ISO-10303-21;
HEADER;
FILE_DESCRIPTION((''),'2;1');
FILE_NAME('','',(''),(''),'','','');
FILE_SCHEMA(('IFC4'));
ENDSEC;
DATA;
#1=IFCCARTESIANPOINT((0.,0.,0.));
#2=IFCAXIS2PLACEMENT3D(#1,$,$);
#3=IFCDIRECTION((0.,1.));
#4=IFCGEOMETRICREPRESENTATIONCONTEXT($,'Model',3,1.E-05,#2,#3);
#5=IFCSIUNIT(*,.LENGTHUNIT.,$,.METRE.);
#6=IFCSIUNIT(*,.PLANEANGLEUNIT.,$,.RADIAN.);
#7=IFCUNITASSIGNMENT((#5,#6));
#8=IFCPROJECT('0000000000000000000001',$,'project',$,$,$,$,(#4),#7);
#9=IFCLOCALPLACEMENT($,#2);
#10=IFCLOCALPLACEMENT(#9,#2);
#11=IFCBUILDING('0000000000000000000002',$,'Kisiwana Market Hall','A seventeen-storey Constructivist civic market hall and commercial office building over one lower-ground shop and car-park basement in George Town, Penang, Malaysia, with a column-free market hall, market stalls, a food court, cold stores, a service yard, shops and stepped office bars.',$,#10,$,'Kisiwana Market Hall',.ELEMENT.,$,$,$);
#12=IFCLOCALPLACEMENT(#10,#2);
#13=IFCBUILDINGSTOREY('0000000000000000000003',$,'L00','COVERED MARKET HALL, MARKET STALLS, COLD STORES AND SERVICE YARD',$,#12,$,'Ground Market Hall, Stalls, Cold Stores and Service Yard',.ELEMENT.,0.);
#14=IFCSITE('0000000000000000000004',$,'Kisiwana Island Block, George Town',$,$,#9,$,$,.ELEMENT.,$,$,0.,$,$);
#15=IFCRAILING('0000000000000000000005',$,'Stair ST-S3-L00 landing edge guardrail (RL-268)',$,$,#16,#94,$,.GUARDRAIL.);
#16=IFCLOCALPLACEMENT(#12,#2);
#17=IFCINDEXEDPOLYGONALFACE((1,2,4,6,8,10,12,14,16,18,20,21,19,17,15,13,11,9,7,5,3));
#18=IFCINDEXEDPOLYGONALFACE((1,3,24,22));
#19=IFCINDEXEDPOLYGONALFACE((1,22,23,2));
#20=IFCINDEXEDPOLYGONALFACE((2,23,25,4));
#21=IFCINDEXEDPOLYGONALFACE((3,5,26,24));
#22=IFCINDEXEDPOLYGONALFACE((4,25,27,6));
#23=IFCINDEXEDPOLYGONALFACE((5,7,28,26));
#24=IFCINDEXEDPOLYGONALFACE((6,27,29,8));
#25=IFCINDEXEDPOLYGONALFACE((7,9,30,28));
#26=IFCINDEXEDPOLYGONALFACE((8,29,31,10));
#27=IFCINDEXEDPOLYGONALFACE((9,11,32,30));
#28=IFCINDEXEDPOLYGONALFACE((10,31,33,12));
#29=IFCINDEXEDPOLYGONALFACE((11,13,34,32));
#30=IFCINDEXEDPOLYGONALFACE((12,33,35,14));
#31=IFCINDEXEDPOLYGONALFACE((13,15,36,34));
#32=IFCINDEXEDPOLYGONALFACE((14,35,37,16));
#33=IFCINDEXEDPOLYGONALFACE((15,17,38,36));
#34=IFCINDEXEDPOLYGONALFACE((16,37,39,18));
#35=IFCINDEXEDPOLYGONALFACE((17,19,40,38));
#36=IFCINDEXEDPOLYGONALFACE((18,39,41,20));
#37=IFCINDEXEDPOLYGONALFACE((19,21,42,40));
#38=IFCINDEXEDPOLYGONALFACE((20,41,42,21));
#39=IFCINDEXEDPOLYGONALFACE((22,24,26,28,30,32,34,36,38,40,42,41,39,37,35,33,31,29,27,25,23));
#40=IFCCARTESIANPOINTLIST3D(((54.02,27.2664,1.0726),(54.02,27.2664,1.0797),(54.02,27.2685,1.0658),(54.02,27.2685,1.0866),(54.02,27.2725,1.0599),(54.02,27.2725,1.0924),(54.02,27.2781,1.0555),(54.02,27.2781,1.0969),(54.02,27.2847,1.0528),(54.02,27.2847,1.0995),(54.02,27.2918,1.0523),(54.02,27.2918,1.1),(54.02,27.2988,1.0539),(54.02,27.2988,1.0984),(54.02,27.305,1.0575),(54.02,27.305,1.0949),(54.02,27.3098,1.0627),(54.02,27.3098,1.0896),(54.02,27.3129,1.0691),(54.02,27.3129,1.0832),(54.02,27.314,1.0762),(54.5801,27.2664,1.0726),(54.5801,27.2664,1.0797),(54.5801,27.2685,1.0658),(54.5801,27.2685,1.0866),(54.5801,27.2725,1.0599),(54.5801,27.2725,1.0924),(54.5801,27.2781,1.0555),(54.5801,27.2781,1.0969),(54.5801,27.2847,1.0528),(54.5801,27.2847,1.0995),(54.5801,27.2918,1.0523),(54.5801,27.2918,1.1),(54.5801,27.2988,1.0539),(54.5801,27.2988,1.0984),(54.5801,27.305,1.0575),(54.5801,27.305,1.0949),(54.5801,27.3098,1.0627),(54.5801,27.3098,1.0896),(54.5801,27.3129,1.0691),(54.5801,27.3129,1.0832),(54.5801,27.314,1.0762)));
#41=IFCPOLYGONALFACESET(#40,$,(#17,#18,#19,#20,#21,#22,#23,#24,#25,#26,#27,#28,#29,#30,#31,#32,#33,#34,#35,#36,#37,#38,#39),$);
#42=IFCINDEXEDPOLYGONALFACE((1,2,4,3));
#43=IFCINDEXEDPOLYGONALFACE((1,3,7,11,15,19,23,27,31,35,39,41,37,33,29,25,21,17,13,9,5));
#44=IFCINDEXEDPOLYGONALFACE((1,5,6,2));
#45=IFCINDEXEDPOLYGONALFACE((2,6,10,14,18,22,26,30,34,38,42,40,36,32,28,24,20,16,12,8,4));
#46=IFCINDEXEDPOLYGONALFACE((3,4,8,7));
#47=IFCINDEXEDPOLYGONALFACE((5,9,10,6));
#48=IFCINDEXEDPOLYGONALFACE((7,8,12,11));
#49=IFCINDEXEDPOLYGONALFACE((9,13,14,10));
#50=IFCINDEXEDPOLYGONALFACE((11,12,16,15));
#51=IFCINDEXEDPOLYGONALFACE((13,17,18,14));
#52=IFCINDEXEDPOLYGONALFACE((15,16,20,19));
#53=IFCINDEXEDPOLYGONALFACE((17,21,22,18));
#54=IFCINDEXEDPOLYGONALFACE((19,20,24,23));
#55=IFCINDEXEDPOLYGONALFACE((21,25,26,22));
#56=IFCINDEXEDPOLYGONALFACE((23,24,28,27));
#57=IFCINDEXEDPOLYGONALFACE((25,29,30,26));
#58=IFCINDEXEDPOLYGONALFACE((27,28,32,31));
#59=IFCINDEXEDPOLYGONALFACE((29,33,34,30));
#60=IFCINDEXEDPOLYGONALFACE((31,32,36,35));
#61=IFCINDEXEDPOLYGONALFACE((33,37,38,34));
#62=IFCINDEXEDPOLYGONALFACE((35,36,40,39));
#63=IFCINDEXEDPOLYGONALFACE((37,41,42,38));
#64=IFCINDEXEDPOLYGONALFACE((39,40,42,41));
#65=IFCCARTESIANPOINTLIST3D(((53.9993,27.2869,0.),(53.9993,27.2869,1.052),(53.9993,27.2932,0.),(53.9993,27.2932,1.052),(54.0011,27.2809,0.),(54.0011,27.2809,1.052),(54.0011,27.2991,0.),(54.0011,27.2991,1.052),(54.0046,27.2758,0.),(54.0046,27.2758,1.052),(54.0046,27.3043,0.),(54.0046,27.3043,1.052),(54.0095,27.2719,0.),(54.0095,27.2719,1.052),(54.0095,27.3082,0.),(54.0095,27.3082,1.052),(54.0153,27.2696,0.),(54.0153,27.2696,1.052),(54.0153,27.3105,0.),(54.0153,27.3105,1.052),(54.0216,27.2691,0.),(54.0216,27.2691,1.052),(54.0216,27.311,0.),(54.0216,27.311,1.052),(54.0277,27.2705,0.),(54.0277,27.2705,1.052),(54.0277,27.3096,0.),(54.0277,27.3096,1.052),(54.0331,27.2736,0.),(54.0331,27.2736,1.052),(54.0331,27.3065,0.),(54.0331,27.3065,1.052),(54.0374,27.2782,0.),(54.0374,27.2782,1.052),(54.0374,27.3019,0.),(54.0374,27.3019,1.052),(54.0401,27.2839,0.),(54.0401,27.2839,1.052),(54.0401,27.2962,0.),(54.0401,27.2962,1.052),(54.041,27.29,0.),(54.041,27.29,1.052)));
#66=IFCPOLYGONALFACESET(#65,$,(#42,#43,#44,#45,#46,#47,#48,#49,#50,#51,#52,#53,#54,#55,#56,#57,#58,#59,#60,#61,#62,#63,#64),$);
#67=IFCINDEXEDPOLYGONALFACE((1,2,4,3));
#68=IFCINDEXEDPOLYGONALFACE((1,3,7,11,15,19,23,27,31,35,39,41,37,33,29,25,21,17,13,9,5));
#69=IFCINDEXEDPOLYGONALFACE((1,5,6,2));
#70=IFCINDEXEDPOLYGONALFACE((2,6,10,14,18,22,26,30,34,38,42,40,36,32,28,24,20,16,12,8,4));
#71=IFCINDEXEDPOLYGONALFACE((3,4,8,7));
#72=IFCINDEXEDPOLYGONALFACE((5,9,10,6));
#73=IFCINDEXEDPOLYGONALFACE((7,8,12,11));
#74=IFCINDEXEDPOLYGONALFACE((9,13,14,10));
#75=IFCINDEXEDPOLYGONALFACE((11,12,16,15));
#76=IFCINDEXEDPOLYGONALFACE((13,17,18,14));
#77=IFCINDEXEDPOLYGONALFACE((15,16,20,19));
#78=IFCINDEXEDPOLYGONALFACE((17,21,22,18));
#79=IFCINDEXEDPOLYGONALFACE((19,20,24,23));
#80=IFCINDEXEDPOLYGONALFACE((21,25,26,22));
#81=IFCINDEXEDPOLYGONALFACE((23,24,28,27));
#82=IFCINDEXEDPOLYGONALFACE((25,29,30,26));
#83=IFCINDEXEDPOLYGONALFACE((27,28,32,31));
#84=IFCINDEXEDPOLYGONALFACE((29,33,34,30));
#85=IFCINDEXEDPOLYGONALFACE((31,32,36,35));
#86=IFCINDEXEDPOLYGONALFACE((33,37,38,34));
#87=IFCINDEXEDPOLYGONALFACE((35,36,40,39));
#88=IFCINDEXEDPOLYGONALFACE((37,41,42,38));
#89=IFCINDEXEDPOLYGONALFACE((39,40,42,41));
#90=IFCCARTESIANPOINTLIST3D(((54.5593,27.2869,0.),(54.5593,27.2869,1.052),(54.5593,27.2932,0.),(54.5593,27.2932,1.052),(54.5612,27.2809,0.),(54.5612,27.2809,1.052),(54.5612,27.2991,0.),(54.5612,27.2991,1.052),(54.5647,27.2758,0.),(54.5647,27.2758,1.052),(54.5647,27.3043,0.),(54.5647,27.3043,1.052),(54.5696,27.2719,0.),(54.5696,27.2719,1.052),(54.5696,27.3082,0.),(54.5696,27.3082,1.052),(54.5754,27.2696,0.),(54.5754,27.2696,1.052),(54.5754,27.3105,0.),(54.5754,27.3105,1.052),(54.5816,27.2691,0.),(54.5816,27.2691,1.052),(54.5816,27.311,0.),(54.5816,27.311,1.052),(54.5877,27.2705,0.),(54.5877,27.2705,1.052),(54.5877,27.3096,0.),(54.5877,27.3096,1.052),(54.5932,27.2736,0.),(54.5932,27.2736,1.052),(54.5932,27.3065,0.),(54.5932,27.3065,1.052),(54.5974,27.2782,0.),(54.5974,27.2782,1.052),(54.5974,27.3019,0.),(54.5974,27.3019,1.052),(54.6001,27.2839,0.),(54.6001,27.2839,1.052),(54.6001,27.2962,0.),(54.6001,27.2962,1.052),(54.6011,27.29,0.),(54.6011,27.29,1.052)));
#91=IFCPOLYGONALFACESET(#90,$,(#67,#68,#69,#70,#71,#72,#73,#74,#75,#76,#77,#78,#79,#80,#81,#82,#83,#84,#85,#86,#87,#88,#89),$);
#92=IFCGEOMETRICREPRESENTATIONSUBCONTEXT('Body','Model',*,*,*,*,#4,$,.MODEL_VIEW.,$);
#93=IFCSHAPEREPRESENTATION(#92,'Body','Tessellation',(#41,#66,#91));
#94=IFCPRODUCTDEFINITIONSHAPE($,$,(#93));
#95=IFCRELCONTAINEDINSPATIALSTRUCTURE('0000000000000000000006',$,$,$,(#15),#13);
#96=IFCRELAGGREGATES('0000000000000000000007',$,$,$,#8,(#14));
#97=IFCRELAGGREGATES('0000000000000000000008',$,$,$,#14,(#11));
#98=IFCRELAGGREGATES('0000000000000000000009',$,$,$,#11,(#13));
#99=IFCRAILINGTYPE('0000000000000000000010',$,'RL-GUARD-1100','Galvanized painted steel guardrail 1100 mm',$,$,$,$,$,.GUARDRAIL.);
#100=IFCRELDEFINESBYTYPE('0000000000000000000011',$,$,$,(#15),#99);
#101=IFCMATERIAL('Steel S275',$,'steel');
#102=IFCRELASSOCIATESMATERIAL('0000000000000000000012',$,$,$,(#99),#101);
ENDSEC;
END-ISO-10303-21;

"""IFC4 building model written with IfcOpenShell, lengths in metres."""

from ifc_helpers import new_model, si_unit, direction, frame, origin, origin_2d, place, context, subcontext, project, spatial, circle, extrude, material, type_object, element, save


model = new_model("IFC4")

# Units and contexts
model_context = context("Model", 3, precision=1e-05, world=origin(), true_north=direction((0.0, 1.0)))
body_context = subcontext(model_context, "Body", "Model", "MODEL_VIEW")
ifc_project = project(units=[si_unit("LENGTHUNIT", "METRE"), si_unit("PLANEANGLEUNIT", "RADIAN")], contexts=[model_context])

# Site, building, storey
site_placement = place(None, origin())
site = spatial("IfcSite", under=ifc_project, at=site_placement, Name="Kisiwana Island Block, George Town", CompositionType="ELEMENT", RefElevation=0.0)
building_placement = place(site_placement, origin())
building = spatial("IfcBuilding", under=site, at=building_placement, Name="Kisiwana Market Hall", Description="A seventeen-storey Constructivist civic market hall and commercial office building over one lower-ground shop and car-park basement in George Town, Penang, Malaysia, with a column-free market hall, market stalls, a food court, cold stores, a service yard, shops and stepped office bars.", LongName="Kisiwana Market Hall", CompositionType="ELEMENT")
storey_placement = place(building_placement, origin())
storey = spatial("IfcBuildingStorey", under=building, at=storey_placement, Name="L00", Description="COVERED MARKET HALL, MARKET STALLS, COLD STORES AND SERVICE YARD", LongName="Ground Market Hall, Stalls, Cold Stores and Service Yard", CompositionType="ELEMENT", Elevation=0.0)

# Railing
ifc_material_1 = material(Name="Steel S275", Category="steel")
railing_type_1 = type_object("IfcRailingType", Name="RL-GUARD-1100", Description="Galvanized painted steel guardrail 1100 mm", PredefinedType="GUARDRAIL", material=ifc_material_1)
railing_1_placement = place(storey_placement, frame((54.02, 27.29, 0.0)))
element("IfcRailing", 1, at=railing_1_placement, inside=storey, type_object=railing_type_1, Name="Stair ST-S3-L00 landing edge guardrail (RL-268)", PredefinedType="GUARDRAIL", context=body_context, shape_type="SweptSolid", body=[
    extrude(circle(Radius=0.0239, at=origin_2d()), frame((0.0, 0.0, 1.0762), z_axis=(1.0, 0.0, 0.0), x_axis=(0.0, 1.0, 0.0)), (0.0, 0.0, 1.0), 0.5601),
    extrude(circle(Radius=0.021, at=origin_2d()), origin(), (0.0, 0.0, 1.0), 1.052),
    extrude(circle(Radius=0.021, at=origin_2d()), frame((0.5601, 0.0, 0.0)), (0.0, 0.0, 1.0), 1.052),
])

save(model, "model.ifc")
